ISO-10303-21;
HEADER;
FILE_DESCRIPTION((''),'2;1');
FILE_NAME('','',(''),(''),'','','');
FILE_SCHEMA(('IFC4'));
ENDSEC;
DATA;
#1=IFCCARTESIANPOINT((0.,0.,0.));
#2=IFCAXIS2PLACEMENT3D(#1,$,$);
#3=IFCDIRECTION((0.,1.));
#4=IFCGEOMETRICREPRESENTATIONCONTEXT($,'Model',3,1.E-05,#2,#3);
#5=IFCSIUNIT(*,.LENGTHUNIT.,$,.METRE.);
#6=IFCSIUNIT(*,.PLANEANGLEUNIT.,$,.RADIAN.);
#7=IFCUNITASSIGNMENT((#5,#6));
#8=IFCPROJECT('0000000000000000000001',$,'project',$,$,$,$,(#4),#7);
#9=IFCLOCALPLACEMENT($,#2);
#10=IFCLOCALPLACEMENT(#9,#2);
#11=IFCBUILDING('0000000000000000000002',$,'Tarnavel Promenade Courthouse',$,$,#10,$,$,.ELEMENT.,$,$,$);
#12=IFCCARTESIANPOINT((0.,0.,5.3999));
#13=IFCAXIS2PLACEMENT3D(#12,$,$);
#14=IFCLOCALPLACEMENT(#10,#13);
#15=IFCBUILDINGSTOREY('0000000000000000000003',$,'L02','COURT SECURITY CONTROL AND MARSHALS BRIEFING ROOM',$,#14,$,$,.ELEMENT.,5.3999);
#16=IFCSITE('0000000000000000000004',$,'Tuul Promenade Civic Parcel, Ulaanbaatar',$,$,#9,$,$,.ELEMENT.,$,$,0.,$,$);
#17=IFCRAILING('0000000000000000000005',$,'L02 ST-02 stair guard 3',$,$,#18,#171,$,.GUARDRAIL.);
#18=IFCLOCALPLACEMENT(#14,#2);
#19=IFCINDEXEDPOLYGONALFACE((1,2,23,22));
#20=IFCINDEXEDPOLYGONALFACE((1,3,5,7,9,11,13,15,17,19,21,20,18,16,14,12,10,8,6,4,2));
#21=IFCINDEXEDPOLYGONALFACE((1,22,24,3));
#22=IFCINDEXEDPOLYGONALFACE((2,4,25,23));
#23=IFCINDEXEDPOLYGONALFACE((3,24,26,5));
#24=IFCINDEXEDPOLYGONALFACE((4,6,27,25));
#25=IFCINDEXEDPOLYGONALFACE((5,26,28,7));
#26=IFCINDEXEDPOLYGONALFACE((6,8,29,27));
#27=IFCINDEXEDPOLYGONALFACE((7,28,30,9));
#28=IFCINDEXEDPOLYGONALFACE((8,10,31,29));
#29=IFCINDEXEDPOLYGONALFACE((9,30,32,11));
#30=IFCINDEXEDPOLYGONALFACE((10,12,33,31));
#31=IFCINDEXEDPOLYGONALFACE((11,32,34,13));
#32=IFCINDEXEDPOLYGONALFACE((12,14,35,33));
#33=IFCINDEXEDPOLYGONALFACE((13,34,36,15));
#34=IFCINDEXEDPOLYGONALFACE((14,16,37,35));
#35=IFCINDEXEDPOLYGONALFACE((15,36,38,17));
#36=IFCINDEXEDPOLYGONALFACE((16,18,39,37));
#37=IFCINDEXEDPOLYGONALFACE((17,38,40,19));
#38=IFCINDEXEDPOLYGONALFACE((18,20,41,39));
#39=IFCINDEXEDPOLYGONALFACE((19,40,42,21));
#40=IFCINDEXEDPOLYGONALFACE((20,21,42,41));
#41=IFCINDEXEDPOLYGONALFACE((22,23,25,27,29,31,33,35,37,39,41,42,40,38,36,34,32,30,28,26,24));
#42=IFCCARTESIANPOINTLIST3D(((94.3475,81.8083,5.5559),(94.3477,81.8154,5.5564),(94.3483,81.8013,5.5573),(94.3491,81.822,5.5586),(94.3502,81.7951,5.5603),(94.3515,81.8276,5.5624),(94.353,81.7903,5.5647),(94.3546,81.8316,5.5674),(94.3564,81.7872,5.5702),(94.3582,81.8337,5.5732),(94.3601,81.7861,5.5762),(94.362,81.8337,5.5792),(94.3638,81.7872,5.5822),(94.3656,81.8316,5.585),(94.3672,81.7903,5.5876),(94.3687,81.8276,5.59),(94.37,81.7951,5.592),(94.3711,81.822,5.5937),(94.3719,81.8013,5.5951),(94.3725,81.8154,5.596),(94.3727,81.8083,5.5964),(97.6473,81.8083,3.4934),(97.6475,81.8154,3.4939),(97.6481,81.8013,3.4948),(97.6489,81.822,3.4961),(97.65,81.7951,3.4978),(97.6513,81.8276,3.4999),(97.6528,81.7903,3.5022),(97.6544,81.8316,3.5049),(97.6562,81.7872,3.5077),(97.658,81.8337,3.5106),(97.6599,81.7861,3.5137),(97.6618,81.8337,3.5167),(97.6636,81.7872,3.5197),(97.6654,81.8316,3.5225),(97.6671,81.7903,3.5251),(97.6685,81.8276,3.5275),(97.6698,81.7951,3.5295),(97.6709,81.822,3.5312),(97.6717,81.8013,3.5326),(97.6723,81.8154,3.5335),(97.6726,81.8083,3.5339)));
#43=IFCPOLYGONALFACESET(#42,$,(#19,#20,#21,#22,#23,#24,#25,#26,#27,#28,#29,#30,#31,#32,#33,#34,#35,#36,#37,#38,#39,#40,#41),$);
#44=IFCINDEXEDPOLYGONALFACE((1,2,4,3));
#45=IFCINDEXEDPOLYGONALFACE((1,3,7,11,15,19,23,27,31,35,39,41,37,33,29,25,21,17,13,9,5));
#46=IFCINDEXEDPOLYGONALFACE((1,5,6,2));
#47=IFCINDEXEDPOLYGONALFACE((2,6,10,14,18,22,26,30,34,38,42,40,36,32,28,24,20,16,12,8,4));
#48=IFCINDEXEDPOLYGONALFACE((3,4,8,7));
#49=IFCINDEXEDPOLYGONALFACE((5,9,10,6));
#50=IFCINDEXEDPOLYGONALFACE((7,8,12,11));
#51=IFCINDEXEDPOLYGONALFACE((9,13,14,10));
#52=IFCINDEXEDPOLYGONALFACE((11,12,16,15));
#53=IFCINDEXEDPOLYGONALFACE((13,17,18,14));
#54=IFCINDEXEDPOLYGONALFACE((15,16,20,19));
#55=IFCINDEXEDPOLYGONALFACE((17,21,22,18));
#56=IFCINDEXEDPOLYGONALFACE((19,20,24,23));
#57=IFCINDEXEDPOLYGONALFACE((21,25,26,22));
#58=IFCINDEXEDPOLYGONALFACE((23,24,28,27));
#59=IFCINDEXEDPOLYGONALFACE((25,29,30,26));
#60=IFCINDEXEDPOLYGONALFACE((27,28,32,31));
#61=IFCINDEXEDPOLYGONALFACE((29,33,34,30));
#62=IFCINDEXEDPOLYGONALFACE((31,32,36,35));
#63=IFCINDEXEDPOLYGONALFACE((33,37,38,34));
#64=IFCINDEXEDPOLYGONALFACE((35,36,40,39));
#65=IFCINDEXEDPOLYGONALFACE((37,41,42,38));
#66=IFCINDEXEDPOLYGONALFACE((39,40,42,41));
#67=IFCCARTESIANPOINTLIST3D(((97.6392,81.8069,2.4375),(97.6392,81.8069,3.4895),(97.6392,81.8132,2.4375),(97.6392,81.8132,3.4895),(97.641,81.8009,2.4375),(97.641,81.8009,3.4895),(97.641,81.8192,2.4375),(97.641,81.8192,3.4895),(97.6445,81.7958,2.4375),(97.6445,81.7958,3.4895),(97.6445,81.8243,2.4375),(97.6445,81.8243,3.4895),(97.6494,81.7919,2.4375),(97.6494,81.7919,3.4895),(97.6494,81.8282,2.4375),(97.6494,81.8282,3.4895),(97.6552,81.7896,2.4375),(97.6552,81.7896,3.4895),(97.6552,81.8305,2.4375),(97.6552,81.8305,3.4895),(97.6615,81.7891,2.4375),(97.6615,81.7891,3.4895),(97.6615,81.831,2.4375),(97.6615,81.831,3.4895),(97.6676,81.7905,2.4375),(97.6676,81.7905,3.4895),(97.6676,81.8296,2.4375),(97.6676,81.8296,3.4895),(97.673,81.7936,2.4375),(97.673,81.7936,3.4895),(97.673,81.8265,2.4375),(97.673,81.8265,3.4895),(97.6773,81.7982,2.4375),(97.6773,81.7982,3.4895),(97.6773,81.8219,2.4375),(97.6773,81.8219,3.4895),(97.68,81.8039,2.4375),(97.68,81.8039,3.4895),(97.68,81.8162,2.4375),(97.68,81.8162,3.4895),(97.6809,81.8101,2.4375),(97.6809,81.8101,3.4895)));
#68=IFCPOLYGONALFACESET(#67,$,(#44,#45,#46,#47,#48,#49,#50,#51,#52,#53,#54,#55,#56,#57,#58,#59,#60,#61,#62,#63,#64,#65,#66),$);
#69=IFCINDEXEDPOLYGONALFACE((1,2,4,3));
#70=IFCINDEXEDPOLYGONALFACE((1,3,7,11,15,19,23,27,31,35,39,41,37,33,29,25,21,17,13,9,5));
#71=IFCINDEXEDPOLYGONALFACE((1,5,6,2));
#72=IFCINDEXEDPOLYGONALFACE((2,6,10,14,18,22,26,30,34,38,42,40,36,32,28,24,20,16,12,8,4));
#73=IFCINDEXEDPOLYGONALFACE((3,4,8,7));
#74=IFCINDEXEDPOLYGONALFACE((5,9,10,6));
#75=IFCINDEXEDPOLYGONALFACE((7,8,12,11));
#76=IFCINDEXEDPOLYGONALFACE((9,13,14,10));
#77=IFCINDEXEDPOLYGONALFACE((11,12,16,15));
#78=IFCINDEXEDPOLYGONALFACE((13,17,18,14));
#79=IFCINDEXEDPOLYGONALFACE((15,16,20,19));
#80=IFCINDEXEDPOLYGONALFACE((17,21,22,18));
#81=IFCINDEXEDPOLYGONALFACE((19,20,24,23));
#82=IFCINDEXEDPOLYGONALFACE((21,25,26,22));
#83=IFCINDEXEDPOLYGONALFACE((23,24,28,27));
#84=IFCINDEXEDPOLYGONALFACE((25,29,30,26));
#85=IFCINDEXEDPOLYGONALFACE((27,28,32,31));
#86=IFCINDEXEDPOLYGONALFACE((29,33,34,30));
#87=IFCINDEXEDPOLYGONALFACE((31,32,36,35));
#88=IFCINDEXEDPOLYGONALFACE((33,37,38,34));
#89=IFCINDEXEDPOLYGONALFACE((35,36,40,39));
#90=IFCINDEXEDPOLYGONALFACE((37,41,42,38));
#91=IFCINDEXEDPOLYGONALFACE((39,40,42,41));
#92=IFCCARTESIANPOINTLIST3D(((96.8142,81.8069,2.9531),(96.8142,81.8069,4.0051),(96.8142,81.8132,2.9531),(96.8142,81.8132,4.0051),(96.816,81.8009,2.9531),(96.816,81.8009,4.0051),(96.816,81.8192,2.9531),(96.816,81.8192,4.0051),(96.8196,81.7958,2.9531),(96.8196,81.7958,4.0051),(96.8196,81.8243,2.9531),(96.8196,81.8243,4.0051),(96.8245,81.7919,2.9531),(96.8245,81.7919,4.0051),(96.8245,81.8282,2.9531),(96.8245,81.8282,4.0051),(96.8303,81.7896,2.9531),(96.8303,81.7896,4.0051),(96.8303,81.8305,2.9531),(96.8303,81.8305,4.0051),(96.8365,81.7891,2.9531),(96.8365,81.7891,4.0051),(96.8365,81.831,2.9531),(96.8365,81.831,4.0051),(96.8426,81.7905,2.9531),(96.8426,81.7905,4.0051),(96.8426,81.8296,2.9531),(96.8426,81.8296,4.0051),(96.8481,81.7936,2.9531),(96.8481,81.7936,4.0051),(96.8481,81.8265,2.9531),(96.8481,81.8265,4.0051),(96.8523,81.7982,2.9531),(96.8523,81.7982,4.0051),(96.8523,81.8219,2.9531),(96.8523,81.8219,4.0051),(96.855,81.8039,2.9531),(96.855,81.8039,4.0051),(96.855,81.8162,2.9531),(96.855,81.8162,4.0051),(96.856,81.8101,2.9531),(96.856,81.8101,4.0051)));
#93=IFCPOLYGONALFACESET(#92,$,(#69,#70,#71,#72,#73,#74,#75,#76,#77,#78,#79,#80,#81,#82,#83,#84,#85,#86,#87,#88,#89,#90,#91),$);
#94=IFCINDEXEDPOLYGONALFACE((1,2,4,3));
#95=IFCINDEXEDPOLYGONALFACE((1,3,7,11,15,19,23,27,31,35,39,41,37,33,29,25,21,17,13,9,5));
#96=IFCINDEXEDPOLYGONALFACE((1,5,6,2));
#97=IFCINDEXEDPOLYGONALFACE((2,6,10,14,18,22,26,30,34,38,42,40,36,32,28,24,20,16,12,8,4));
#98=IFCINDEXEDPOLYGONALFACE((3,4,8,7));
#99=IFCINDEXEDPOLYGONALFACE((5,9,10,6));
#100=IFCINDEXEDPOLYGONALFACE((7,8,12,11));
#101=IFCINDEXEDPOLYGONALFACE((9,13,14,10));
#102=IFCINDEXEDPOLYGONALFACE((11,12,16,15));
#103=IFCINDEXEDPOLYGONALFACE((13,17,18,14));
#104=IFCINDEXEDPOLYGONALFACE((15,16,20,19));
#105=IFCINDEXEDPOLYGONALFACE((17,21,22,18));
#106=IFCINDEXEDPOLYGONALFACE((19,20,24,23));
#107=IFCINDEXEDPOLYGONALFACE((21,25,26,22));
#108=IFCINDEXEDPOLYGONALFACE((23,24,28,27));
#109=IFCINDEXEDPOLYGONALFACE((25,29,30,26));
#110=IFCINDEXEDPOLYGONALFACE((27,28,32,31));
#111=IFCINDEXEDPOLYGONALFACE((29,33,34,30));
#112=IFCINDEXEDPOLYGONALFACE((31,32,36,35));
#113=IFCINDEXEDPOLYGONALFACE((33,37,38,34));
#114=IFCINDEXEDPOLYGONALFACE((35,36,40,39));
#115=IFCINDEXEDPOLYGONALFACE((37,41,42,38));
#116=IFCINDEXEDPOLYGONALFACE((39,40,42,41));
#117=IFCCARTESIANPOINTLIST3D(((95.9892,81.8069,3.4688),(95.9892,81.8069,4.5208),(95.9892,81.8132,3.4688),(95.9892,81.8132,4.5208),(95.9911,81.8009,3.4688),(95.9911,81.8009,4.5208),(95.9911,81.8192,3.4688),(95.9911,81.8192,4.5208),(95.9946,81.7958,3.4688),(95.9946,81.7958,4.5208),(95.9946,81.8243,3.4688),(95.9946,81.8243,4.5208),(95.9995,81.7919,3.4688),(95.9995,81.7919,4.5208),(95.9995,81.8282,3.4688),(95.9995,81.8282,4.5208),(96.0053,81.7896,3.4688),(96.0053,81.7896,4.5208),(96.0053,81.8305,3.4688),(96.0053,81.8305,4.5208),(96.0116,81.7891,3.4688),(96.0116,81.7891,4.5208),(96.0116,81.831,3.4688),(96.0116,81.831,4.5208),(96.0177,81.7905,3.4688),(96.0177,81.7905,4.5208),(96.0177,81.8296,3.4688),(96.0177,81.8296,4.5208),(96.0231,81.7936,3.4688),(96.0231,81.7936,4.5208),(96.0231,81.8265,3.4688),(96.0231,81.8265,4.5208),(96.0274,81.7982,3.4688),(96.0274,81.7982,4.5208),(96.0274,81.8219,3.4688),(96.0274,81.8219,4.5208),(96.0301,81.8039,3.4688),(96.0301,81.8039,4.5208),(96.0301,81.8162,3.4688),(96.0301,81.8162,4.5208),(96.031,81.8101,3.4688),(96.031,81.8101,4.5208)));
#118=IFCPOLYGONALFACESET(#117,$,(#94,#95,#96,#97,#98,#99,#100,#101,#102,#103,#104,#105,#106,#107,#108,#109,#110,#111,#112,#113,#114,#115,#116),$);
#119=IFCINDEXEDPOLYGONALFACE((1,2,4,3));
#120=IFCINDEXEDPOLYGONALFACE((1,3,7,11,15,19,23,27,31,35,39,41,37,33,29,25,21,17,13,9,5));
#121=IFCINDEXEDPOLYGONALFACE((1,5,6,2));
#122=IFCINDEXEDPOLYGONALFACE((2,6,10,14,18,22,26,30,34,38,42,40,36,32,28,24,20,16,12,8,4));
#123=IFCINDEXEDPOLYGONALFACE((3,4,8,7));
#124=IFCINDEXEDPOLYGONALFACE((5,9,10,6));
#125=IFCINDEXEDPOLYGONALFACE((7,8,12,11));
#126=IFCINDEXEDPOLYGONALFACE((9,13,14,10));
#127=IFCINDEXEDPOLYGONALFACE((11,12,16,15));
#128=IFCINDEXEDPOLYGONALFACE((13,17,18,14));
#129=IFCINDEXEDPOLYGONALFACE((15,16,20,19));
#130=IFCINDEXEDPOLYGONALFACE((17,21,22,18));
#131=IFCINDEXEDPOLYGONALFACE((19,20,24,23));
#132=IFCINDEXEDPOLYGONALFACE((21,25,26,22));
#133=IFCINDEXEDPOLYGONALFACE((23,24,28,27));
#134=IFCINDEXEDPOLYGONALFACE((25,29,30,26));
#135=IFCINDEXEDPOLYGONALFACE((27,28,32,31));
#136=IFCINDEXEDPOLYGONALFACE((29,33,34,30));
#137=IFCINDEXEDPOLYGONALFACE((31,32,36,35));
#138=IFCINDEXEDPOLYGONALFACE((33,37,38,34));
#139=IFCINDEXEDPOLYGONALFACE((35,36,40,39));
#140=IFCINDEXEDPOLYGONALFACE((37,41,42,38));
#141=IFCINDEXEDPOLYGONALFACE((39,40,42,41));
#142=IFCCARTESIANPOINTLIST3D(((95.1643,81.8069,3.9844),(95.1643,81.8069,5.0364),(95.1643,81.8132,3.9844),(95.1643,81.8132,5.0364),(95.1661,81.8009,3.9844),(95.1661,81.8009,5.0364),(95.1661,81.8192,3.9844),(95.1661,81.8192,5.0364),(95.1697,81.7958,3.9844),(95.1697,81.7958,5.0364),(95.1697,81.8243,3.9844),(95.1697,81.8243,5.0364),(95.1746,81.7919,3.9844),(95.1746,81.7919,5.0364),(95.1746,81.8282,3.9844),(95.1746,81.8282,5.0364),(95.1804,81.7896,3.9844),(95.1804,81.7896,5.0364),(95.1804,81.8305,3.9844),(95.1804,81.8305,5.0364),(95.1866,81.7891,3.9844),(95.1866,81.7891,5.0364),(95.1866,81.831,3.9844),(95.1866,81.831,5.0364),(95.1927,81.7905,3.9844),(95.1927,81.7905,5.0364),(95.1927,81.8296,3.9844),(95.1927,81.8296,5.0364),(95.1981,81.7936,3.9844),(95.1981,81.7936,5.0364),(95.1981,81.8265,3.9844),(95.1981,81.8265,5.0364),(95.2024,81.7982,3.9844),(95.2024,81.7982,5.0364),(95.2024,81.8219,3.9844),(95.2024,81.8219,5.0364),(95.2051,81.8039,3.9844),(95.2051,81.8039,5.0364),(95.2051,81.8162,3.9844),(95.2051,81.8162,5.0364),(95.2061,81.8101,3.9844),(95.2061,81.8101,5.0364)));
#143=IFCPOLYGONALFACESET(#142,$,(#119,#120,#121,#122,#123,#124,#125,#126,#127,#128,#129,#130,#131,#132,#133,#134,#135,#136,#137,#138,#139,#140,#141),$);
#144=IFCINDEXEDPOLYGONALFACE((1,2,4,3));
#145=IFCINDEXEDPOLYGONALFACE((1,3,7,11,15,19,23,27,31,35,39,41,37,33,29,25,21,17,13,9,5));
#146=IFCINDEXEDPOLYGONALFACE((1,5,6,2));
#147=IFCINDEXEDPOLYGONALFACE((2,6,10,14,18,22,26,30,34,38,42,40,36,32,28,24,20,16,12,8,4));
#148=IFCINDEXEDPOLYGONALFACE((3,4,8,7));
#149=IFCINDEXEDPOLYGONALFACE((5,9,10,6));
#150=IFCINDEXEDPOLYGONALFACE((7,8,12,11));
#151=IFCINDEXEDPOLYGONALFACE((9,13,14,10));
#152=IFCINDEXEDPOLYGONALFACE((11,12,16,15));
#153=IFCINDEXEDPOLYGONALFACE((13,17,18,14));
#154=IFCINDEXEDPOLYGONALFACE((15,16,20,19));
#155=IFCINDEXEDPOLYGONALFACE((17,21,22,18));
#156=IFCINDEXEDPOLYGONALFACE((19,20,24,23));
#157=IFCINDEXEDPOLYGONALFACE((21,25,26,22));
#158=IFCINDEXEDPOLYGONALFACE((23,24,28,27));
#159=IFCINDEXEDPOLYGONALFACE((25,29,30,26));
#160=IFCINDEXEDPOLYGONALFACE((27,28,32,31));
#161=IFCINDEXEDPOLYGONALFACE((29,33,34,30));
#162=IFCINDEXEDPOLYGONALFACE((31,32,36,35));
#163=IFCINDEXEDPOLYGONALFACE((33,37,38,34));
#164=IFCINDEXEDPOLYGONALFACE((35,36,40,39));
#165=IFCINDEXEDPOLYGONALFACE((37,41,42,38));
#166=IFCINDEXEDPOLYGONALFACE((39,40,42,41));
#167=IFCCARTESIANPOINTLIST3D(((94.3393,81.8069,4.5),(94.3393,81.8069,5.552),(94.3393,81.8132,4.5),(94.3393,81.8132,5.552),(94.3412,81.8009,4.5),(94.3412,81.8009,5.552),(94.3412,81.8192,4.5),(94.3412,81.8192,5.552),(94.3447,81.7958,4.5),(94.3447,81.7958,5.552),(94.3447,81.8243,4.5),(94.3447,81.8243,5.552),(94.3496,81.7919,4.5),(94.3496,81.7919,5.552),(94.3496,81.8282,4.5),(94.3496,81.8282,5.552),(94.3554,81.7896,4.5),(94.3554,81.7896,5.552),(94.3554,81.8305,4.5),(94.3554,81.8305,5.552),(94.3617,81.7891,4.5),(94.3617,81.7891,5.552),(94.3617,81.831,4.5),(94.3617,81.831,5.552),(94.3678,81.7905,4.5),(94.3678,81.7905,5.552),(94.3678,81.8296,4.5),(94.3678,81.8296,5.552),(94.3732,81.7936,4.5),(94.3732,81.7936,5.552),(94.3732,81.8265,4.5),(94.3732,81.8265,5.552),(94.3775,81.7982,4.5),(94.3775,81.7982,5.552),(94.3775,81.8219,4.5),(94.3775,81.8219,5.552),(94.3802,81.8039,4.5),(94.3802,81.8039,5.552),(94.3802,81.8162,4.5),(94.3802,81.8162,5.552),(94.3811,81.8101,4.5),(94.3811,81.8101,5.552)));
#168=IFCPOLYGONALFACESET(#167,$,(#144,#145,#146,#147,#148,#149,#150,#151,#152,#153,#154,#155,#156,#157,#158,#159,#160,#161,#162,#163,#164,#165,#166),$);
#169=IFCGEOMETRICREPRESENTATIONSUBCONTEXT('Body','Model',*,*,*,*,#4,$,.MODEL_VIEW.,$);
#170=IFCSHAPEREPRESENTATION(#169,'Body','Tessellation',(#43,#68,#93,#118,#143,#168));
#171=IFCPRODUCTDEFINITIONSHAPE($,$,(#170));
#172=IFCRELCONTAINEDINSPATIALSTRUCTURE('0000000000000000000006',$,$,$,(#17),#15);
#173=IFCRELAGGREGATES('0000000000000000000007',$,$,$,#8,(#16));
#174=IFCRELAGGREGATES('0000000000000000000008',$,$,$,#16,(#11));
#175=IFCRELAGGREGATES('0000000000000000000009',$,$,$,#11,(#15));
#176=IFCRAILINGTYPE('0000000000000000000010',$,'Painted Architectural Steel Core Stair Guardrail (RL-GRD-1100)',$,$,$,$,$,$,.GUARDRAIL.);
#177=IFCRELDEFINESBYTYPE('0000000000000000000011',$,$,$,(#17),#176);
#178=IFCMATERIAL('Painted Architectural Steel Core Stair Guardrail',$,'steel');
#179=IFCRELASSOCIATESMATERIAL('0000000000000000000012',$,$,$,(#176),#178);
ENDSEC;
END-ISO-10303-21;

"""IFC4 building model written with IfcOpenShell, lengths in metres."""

from ifc_helpers import new_model, si_unit, direction, frame, origin, origin_2d, place, context, subcontext, project, spatial, circle, extrude, material, type_object, element, save


model = new_model("IFC4")

# Units and contexts
model_context = context("Model", 3, precision=1e-05, world=origin(), true_north=direction((0.0, 1.0)))
body_context = subcontext(model_context, "Body", "Model", "MODEL_VIEW")
ifc_project = project(units=[si_unit("LENGTHUNIT", "METRE"), si_unit("PLANEANGLEUNIT", "RADIAN")], contexts=[model_context])

# Site, building, storey
site_placement = place(None, origin())
site = spatial("IfcSite", under=ifc_project, at=site_placement, Name="Tuul Promenade Civic Parcel, Ulaanbaatar", CompositionType="ELEMENT", RefElevation=0.0)
building_placement = place(site_placement, origin())
building = spatial("IfcBuilding", under=site, at=building_placement, Name="Tarnavel Promenade Courthouse", CompositionType="ELEMENT")
storey_placement = place(building_placement, frame((0.0, 0.0, 5.3999)))
storey = spatial("IfcBuildingStorey", under=building, at=storey_placement, Name="L02", Description="COURT SECURITY CONTROL AND MARSHALS BRIEFING ROOM", CompositionType="ELEMENT", Elevation=5.3999)

# Railing
ifc_material_1 = material(Name="Painted Architectural Steel Core Stair Guardrail", Category="steel")
railing_type_1 = type_object("IfcRailingType", Name="Painted Architectural Steel Core Stair Guardrail (RL-GRD-1100)", PredefinedType="GUARDRAIL", material=ifc_material_1)
railing_1_placement = place(storey_placement, frame((97.6599, 81.8101, 2.4375)))
element("IfcRailing", 1, at=railing_1_placement, inside=storey, type_object=railing_type_1, Name="L02 ST-02 stair guard 3", PredefinedType="GUARDRAIL", context=body_context, shape_type="SweptSolid", body=[
    extrude(circle(Radius=0.0239, at=origin_2d()), frame((0.0, 0.0, 1.0762), z_axis=(-0.847984, 0.0, 0.530021), x_axis=(0.0, -1.0, 0.0)), (0.0, 0.0, 1.0), 3.8914),
    extrude(circle(Radius=0.021, at=origin_2d()), origin(), (0.0, 0.0, 1.0), 1.052),
    extrude(circle(Radius=0.021, at=origin_2d()), frame((-0.825, 0.0, 0.5156)), (0.0, 0.0, 1.0), 1.052),
    extrude(circle(Radius=0.021, at=origin_2d()), frame((-1.6499, 0.0, 1.0312)), (0.0, 0.0, 1.0), 1.052),
    extrude(circle(Radius=0.021, at=origin_2d()), frame((-2.4749, 0.0, 1.5469)), (0.0, 0.0, 1.0), 1.052),
    extrude(circle(Radius=0.021, at=origin_2d()), frame((-3.2998, 0.0, 2.0625)), (0.0, 0.0, 1.0), 1.052),
])

save(model, "model.ifc")
